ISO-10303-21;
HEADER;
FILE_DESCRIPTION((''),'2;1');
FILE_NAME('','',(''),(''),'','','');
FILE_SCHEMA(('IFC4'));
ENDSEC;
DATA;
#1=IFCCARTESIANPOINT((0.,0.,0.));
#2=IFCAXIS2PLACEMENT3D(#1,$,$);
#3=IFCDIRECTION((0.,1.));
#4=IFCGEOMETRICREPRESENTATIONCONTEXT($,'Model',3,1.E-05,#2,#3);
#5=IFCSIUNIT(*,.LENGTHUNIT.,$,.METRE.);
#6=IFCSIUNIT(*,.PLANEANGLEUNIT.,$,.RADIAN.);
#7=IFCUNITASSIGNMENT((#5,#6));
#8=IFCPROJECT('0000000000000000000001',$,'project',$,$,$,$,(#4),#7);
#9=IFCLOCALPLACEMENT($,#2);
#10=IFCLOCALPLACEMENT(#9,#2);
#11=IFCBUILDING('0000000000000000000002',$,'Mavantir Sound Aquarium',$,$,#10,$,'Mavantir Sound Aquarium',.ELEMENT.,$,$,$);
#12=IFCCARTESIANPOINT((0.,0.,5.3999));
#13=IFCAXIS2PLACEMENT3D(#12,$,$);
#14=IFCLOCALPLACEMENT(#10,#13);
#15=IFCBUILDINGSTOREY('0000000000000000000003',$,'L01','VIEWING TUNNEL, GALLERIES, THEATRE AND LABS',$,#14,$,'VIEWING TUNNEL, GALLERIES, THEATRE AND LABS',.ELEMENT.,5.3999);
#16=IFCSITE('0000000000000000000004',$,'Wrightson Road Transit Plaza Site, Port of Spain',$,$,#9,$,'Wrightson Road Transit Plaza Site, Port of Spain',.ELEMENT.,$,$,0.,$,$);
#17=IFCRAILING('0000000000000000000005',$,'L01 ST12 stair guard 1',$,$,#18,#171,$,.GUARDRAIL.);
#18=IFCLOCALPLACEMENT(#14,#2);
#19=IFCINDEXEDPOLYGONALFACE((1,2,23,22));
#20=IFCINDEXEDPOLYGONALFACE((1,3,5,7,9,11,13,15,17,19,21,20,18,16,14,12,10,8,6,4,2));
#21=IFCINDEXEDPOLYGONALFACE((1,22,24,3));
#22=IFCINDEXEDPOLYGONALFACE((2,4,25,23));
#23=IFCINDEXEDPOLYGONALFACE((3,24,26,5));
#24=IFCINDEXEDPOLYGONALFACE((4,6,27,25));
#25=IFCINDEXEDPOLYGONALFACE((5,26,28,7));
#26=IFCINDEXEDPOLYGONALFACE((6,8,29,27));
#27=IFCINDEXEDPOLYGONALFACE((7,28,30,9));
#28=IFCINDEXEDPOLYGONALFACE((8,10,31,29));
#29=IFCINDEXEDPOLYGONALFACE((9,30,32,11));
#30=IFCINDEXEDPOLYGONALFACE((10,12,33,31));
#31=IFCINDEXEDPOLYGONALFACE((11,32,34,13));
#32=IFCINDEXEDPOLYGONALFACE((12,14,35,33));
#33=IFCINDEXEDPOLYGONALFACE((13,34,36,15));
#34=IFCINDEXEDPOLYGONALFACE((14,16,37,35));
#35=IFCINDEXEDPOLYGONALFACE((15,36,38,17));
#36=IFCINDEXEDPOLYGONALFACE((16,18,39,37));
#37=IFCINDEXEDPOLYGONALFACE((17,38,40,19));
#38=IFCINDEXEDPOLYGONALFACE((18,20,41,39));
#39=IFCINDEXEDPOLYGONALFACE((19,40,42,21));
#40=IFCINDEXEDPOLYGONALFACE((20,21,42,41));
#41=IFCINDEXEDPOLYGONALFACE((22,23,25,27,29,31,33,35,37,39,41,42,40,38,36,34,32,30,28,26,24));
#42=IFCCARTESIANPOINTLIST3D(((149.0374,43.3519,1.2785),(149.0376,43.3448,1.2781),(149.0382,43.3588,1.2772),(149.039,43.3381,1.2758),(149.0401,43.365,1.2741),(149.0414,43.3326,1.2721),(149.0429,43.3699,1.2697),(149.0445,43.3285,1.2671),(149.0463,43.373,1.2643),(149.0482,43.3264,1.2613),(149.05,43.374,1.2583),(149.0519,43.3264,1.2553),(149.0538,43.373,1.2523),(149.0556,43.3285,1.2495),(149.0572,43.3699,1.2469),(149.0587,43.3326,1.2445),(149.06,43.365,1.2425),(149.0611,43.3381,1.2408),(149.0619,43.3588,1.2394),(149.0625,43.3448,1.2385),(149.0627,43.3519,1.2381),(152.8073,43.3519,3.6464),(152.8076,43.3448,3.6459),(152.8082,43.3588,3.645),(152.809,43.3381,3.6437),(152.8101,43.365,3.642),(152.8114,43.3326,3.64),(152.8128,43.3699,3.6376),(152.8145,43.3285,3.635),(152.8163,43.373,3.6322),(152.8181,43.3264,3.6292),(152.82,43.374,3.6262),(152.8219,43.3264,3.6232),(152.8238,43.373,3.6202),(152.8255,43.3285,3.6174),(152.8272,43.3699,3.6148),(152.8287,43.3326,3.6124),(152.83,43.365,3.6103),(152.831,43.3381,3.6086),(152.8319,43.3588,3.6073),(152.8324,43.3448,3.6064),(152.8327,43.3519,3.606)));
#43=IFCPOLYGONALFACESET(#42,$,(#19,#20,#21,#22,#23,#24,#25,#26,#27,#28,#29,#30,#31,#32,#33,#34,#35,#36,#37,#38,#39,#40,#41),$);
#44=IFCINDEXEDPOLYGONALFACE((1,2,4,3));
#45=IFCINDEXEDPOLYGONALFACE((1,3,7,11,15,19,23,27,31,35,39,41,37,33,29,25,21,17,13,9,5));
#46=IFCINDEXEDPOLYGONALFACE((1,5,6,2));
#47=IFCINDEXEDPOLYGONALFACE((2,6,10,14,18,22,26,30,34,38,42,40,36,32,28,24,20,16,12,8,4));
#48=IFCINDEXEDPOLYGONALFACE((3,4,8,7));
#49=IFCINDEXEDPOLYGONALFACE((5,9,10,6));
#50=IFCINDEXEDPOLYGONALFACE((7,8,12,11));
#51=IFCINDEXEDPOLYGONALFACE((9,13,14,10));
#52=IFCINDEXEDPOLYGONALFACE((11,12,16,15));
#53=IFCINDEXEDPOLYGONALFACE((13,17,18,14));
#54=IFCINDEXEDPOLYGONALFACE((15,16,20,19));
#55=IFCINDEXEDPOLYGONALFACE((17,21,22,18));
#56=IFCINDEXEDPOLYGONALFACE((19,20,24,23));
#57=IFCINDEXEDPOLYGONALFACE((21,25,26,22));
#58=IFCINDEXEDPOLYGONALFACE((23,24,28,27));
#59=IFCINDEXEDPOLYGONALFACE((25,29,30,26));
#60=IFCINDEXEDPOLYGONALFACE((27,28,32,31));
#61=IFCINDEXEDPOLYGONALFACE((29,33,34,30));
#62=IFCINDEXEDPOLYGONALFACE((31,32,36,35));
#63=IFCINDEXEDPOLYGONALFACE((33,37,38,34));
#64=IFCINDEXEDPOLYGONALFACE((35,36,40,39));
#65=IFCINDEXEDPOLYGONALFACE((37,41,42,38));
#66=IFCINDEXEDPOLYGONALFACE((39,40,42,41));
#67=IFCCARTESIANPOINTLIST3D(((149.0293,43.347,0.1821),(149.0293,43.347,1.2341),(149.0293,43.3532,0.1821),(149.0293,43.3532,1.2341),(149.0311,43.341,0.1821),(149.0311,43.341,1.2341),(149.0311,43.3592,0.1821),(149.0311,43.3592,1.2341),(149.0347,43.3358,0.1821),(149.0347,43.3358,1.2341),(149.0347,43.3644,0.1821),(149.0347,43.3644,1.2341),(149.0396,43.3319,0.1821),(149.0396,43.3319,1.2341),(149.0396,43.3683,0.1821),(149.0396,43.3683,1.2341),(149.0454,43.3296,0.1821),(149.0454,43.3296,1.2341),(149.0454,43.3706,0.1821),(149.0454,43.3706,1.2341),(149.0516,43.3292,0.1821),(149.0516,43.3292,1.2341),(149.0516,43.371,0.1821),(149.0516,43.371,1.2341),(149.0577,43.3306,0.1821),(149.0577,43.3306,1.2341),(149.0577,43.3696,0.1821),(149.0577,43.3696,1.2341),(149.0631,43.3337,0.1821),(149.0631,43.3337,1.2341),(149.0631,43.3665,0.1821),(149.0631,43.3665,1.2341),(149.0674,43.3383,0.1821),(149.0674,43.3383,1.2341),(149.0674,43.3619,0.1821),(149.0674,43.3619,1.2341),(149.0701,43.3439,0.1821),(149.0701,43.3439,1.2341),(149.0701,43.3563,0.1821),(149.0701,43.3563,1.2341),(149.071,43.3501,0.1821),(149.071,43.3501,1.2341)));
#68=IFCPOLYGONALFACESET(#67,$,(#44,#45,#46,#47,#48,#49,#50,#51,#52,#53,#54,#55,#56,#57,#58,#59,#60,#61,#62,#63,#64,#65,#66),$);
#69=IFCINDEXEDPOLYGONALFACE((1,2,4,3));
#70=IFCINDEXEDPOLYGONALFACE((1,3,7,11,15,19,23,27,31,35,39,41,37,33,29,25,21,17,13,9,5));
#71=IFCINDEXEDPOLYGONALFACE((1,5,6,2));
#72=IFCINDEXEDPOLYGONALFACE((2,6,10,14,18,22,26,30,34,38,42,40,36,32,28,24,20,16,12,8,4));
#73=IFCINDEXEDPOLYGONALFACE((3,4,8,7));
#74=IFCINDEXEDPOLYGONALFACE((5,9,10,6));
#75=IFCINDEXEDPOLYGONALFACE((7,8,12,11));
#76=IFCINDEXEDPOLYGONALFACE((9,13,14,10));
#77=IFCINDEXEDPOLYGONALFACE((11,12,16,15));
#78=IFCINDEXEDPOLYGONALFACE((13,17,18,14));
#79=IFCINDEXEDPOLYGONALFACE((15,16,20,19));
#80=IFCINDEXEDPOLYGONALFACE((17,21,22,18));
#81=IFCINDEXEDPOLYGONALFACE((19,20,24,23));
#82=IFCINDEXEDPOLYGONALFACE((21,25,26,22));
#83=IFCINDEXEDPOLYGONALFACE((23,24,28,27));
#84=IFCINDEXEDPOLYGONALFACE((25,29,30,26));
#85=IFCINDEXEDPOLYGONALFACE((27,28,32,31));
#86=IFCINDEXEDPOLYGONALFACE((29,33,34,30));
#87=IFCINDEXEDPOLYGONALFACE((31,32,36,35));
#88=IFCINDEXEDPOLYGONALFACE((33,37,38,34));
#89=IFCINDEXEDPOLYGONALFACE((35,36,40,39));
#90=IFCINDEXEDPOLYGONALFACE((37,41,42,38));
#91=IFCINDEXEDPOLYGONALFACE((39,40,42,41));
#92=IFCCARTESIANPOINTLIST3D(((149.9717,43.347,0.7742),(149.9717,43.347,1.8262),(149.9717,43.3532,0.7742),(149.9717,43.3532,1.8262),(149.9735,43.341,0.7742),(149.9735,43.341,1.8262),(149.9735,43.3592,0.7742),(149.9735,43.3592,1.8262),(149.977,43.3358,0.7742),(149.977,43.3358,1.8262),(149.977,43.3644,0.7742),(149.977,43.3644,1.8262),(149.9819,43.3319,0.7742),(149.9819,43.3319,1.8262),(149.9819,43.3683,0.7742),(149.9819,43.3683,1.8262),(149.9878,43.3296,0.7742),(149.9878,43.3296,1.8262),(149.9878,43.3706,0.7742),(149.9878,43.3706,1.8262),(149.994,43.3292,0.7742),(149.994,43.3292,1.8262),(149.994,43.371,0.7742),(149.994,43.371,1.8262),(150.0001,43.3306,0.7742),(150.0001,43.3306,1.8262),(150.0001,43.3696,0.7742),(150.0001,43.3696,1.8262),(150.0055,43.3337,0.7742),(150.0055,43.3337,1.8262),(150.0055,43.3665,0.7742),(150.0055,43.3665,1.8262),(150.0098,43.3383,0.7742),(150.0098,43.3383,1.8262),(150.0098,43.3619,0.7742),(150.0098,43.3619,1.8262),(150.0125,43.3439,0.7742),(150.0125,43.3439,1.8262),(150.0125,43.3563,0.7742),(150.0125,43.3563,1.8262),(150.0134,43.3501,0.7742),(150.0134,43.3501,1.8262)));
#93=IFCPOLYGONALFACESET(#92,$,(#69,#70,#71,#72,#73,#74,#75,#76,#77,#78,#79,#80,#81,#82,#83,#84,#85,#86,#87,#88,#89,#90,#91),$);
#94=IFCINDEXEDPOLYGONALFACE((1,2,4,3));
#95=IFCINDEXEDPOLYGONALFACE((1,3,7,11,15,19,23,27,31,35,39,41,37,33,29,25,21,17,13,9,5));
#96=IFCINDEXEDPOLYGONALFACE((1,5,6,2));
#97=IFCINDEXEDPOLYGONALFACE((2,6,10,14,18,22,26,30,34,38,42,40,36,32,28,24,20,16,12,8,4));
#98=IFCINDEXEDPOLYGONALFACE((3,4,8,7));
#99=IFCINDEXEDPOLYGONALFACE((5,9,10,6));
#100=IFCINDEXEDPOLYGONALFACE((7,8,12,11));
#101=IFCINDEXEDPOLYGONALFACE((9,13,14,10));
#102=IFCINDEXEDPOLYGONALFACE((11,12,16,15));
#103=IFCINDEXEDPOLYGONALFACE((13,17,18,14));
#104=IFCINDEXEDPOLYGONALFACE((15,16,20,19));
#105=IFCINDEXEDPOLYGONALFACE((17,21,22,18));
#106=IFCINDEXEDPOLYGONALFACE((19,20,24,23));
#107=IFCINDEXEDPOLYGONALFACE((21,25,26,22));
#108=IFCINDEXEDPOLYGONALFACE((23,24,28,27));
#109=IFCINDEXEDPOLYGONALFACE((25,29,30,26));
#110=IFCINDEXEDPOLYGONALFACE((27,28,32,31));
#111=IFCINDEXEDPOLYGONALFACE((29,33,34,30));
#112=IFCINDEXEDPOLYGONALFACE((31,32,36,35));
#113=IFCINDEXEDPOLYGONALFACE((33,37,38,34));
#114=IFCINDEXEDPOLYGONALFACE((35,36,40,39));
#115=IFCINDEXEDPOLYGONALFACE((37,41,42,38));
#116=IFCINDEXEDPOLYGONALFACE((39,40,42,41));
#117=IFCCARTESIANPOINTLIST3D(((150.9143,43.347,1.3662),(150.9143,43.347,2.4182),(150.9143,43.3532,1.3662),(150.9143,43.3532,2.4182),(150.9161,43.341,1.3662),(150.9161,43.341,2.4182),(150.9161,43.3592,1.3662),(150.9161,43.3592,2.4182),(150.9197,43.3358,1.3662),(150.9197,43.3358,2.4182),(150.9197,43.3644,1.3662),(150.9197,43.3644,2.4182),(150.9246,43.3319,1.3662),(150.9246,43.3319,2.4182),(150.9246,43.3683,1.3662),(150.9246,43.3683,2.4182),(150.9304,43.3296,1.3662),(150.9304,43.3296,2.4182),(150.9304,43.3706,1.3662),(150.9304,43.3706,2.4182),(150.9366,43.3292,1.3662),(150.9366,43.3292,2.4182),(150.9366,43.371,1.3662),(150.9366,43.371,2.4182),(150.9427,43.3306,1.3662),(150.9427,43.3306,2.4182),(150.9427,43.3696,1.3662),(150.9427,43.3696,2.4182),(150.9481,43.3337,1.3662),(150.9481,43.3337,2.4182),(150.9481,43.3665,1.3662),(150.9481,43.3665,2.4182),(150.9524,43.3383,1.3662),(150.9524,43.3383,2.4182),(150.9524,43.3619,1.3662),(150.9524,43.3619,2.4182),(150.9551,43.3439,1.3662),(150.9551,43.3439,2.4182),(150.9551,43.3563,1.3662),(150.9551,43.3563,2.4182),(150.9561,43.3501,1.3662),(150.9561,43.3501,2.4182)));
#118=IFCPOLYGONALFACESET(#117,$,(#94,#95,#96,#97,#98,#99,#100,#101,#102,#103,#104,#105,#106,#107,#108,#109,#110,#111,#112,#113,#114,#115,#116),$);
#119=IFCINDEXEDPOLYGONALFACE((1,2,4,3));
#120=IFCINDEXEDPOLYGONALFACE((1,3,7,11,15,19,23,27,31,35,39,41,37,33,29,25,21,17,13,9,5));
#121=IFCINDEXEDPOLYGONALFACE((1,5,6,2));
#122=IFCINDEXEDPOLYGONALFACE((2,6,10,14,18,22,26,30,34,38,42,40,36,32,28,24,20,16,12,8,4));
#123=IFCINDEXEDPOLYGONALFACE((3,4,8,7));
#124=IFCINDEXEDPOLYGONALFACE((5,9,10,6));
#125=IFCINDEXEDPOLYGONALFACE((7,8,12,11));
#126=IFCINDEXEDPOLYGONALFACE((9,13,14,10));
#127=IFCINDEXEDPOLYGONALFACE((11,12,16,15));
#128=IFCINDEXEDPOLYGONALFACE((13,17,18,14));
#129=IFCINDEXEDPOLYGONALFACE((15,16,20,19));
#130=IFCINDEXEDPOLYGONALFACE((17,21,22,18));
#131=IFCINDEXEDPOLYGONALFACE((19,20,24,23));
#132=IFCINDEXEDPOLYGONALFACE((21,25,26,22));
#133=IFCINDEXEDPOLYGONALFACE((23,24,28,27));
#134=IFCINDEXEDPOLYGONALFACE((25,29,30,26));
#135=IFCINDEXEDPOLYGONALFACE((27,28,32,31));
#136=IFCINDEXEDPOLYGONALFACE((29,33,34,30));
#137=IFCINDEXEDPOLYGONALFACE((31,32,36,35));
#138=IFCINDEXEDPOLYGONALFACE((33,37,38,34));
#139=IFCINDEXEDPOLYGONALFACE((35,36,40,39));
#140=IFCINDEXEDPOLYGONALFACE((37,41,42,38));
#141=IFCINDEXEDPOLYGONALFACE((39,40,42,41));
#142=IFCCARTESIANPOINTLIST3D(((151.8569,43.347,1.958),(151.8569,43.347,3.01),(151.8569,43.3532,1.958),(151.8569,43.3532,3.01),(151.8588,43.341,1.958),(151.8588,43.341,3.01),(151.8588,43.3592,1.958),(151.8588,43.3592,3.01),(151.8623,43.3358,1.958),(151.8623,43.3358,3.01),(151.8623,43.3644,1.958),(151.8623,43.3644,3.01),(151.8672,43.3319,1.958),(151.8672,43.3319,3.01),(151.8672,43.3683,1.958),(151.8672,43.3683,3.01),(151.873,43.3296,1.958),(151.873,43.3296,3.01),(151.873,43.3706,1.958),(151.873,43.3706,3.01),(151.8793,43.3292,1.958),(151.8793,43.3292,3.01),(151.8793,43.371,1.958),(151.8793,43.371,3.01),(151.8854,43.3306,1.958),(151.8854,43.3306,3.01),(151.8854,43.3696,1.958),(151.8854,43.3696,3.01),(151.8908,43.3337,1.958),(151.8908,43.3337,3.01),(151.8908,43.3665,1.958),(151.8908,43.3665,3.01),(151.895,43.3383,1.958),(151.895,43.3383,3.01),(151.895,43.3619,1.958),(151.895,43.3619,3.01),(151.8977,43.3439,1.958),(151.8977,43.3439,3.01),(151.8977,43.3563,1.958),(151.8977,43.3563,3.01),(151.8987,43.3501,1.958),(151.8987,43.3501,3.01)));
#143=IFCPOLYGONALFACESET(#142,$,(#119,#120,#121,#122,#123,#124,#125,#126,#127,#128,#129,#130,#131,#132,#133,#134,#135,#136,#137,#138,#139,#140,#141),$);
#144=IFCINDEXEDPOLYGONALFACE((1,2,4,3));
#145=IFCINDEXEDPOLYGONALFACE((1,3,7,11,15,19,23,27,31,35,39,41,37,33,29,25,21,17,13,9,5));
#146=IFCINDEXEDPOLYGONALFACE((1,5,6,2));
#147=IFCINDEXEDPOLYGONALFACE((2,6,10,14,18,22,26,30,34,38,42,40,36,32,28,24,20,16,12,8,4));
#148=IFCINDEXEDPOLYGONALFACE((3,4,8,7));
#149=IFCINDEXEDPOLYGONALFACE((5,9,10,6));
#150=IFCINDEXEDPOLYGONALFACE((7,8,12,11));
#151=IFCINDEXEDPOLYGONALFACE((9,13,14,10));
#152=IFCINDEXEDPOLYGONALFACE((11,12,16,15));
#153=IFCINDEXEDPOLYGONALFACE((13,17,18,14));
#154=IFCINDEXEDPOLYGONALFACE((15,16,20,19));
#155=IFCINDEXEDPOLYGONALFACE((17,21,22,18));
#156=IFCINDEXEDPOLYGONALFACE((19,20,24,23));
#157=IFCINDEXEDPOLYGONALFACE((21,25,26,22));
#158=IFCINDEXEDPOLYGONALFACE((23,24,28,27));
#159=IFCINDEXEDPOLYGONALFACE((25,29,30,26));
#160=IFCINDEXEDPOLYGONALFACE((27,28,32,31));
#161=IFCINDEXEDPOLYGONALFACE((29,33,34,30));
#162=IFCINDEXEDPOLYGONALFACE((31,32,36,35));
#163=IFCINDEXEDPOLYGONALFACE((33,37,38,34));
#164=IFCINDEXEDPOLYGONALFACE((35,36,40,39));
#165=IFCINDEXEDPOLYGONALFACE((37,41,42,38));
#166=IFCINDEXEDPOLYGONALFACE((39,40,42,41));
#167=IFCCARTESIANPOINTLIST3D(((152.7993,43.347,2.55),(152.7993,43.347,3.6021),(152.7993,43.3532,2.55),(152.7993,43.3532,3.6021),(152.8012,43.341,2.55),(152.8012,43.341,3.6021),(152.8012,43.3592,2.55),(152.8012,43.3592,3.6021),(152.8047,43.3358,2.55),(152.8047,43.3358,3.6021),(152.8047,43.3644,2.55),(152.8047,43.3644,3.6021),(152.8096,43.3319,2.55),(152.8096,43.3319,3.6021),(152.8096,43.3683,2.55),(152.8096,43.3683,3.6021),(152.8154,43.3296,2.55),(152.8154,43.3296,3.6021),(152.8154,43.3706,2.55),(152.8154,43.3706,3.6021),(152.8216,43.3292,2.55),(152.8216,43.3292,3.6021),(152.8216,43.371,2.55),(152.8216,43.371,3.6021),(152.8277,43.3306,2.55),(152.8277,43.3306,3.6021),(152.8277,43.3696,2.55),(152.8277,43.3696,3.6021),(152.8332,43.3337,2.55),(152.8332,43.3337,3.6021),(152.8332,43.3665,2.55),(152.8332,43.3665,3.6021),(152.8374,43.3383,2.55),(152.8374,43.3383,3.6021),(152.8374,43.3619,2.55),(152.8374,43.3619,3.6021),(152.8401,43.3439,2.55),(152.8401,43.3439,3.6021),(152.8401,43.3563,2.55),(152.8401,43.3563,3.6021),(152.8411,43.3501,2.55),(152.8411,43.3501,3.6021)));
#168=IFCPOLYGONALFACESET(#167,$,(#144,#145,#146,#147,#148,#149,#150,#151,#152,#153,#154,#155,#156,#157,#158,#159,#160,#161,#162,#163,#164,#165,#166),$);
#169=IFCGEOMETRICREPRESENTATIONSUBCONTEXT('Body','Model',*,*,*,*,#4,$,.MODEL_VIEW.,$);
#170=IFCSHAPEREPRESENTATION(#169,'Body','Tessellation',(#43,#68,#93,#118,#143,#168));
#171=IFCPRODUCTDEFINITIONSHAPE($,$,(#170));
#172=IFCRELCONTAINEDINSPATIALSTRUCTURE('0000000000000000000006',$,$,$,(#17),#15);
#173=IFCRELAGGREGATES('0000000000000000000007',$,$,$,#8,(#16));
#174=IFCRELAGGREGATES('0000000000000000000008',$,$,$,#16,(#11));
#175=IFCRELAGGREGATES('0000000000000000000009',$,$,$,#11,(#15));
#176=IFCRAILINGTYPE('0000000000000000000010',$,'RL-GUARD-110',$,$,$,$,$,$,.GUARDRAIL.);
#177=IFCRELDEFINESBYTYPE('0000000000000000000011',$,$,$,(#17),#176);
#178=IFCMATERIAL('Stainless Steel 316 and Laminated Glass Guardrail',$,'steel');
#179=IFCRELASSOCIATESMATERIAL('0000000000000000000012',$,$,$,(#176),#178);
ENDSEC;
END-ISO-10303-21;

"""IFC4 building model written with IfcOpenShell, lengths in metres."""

from ifc_helpers import new_model, si_unit, direction, frame, origin, origin_2d, place, context, subcontext, project, spatial, circle, extrude, material, type_object, element, save


model = new_model("IFC4")

# Units and contexts
model_context = context("Model", 3, precision=1e-05, world=origin(), true_north=direction((0.0, 1.0)))
body_context = subcontext(model_context, "Body", "Model", "MODEL_VIEW")
ifc_project = project(units=[si_unit("LENGTHUNIT", "METRE"), si_unit("PLANEANGLEUNIT", "RADIAN")], contexts=[model_context])

# Site, building, storey
site_placement = place(None, origin())
site = spatial("IfcSite", under=ifc_project, at=site_placement, Name="Wrightson Road Transit Plaza Site, Port of Spain", LongName="Wrightson Road Transit Plaza Site, Port of Spain", CompositionType="ELEMENT", RefElevation=0.0)
building_placement = place(site_placement, origin())
building = spatial("IfcBuilding", under=site, at=building_placement, Name="Mavantir Sound Aquarium", LongName="Mavantir Sound Aquarium", CompositionType="ELEMENT")
storey_placement = place(building_placement, frame((0.0, 0.0, 5.3999)))
storey = spatial("IfcBuildingStorey", under=building, at=storey_placement, Name="L01", Description="VIEWING TUNNEL, GALLERIES, THEATRE AND LABS", LongName="VIEWING TUNNEL, GALLERIES, THEATRE AND LABS", CompositionType="ELEMENT", Elevation=5.3999)

# Railing
ifc_material_1 = material(Name="Stainless Steel 316 and Laminated Glass Guardrail", Category="steel")
railing_type_1 = type_object("IfcRailingType", Name="RL-GUARD-110", PredefinedType="GUARDRAIL", material=ifc_material_1)
railing_1_placement = place(storey_placement, frame((149.05, 43.3501, 0.1821)))
element("IfcRailing", 1, at=railing_1_placement, inside=storey, type_object=railing_type_1, Name="L01 ST12 stair guard 1", PredefinedType="GUARDRAIL", context=body_context, shape_type="SweptSolid", body=[
    extrude(circle(Radius=0.0239, at=origin_2d()), frame((0.0, 0.0, 1.0762), z_axis=(0.846819, 0.0, 0.531881), x_axis=(0.0, 1.0, 0.0)), (0.0, 0.0, 1.0), 4.4519),
    extrude(circle(Radius=0.021, at=origin_2d()), origin(), (0.0, 0.0, 1.0), 1.052),
    extrude(circle(Radius=0.021, at=origin_2d()), frame((0.9424, 0.0, 0.592)), (0.0, 0.0, 1.0), 1.052),
    extrude(circle(Radius=0.021, at=origin_2d()), frame((1.885, 0.0, 1.1841)), (0.0, 0.0, 1.0), 1.052),
    extrude(circle(Radius=0.021, at=origin_2d()), frame((2.8276, 0.0, 1.7759)), (0.0, 0.0, 1.0), 1.052),
    extrude(circle(Radius=0.021, at=origin_2d()), frame((3.77, 0.0, 2.3679)), (0.0, 0.0, 1.0), 1.052),
])

save(model, "model.ifc")
